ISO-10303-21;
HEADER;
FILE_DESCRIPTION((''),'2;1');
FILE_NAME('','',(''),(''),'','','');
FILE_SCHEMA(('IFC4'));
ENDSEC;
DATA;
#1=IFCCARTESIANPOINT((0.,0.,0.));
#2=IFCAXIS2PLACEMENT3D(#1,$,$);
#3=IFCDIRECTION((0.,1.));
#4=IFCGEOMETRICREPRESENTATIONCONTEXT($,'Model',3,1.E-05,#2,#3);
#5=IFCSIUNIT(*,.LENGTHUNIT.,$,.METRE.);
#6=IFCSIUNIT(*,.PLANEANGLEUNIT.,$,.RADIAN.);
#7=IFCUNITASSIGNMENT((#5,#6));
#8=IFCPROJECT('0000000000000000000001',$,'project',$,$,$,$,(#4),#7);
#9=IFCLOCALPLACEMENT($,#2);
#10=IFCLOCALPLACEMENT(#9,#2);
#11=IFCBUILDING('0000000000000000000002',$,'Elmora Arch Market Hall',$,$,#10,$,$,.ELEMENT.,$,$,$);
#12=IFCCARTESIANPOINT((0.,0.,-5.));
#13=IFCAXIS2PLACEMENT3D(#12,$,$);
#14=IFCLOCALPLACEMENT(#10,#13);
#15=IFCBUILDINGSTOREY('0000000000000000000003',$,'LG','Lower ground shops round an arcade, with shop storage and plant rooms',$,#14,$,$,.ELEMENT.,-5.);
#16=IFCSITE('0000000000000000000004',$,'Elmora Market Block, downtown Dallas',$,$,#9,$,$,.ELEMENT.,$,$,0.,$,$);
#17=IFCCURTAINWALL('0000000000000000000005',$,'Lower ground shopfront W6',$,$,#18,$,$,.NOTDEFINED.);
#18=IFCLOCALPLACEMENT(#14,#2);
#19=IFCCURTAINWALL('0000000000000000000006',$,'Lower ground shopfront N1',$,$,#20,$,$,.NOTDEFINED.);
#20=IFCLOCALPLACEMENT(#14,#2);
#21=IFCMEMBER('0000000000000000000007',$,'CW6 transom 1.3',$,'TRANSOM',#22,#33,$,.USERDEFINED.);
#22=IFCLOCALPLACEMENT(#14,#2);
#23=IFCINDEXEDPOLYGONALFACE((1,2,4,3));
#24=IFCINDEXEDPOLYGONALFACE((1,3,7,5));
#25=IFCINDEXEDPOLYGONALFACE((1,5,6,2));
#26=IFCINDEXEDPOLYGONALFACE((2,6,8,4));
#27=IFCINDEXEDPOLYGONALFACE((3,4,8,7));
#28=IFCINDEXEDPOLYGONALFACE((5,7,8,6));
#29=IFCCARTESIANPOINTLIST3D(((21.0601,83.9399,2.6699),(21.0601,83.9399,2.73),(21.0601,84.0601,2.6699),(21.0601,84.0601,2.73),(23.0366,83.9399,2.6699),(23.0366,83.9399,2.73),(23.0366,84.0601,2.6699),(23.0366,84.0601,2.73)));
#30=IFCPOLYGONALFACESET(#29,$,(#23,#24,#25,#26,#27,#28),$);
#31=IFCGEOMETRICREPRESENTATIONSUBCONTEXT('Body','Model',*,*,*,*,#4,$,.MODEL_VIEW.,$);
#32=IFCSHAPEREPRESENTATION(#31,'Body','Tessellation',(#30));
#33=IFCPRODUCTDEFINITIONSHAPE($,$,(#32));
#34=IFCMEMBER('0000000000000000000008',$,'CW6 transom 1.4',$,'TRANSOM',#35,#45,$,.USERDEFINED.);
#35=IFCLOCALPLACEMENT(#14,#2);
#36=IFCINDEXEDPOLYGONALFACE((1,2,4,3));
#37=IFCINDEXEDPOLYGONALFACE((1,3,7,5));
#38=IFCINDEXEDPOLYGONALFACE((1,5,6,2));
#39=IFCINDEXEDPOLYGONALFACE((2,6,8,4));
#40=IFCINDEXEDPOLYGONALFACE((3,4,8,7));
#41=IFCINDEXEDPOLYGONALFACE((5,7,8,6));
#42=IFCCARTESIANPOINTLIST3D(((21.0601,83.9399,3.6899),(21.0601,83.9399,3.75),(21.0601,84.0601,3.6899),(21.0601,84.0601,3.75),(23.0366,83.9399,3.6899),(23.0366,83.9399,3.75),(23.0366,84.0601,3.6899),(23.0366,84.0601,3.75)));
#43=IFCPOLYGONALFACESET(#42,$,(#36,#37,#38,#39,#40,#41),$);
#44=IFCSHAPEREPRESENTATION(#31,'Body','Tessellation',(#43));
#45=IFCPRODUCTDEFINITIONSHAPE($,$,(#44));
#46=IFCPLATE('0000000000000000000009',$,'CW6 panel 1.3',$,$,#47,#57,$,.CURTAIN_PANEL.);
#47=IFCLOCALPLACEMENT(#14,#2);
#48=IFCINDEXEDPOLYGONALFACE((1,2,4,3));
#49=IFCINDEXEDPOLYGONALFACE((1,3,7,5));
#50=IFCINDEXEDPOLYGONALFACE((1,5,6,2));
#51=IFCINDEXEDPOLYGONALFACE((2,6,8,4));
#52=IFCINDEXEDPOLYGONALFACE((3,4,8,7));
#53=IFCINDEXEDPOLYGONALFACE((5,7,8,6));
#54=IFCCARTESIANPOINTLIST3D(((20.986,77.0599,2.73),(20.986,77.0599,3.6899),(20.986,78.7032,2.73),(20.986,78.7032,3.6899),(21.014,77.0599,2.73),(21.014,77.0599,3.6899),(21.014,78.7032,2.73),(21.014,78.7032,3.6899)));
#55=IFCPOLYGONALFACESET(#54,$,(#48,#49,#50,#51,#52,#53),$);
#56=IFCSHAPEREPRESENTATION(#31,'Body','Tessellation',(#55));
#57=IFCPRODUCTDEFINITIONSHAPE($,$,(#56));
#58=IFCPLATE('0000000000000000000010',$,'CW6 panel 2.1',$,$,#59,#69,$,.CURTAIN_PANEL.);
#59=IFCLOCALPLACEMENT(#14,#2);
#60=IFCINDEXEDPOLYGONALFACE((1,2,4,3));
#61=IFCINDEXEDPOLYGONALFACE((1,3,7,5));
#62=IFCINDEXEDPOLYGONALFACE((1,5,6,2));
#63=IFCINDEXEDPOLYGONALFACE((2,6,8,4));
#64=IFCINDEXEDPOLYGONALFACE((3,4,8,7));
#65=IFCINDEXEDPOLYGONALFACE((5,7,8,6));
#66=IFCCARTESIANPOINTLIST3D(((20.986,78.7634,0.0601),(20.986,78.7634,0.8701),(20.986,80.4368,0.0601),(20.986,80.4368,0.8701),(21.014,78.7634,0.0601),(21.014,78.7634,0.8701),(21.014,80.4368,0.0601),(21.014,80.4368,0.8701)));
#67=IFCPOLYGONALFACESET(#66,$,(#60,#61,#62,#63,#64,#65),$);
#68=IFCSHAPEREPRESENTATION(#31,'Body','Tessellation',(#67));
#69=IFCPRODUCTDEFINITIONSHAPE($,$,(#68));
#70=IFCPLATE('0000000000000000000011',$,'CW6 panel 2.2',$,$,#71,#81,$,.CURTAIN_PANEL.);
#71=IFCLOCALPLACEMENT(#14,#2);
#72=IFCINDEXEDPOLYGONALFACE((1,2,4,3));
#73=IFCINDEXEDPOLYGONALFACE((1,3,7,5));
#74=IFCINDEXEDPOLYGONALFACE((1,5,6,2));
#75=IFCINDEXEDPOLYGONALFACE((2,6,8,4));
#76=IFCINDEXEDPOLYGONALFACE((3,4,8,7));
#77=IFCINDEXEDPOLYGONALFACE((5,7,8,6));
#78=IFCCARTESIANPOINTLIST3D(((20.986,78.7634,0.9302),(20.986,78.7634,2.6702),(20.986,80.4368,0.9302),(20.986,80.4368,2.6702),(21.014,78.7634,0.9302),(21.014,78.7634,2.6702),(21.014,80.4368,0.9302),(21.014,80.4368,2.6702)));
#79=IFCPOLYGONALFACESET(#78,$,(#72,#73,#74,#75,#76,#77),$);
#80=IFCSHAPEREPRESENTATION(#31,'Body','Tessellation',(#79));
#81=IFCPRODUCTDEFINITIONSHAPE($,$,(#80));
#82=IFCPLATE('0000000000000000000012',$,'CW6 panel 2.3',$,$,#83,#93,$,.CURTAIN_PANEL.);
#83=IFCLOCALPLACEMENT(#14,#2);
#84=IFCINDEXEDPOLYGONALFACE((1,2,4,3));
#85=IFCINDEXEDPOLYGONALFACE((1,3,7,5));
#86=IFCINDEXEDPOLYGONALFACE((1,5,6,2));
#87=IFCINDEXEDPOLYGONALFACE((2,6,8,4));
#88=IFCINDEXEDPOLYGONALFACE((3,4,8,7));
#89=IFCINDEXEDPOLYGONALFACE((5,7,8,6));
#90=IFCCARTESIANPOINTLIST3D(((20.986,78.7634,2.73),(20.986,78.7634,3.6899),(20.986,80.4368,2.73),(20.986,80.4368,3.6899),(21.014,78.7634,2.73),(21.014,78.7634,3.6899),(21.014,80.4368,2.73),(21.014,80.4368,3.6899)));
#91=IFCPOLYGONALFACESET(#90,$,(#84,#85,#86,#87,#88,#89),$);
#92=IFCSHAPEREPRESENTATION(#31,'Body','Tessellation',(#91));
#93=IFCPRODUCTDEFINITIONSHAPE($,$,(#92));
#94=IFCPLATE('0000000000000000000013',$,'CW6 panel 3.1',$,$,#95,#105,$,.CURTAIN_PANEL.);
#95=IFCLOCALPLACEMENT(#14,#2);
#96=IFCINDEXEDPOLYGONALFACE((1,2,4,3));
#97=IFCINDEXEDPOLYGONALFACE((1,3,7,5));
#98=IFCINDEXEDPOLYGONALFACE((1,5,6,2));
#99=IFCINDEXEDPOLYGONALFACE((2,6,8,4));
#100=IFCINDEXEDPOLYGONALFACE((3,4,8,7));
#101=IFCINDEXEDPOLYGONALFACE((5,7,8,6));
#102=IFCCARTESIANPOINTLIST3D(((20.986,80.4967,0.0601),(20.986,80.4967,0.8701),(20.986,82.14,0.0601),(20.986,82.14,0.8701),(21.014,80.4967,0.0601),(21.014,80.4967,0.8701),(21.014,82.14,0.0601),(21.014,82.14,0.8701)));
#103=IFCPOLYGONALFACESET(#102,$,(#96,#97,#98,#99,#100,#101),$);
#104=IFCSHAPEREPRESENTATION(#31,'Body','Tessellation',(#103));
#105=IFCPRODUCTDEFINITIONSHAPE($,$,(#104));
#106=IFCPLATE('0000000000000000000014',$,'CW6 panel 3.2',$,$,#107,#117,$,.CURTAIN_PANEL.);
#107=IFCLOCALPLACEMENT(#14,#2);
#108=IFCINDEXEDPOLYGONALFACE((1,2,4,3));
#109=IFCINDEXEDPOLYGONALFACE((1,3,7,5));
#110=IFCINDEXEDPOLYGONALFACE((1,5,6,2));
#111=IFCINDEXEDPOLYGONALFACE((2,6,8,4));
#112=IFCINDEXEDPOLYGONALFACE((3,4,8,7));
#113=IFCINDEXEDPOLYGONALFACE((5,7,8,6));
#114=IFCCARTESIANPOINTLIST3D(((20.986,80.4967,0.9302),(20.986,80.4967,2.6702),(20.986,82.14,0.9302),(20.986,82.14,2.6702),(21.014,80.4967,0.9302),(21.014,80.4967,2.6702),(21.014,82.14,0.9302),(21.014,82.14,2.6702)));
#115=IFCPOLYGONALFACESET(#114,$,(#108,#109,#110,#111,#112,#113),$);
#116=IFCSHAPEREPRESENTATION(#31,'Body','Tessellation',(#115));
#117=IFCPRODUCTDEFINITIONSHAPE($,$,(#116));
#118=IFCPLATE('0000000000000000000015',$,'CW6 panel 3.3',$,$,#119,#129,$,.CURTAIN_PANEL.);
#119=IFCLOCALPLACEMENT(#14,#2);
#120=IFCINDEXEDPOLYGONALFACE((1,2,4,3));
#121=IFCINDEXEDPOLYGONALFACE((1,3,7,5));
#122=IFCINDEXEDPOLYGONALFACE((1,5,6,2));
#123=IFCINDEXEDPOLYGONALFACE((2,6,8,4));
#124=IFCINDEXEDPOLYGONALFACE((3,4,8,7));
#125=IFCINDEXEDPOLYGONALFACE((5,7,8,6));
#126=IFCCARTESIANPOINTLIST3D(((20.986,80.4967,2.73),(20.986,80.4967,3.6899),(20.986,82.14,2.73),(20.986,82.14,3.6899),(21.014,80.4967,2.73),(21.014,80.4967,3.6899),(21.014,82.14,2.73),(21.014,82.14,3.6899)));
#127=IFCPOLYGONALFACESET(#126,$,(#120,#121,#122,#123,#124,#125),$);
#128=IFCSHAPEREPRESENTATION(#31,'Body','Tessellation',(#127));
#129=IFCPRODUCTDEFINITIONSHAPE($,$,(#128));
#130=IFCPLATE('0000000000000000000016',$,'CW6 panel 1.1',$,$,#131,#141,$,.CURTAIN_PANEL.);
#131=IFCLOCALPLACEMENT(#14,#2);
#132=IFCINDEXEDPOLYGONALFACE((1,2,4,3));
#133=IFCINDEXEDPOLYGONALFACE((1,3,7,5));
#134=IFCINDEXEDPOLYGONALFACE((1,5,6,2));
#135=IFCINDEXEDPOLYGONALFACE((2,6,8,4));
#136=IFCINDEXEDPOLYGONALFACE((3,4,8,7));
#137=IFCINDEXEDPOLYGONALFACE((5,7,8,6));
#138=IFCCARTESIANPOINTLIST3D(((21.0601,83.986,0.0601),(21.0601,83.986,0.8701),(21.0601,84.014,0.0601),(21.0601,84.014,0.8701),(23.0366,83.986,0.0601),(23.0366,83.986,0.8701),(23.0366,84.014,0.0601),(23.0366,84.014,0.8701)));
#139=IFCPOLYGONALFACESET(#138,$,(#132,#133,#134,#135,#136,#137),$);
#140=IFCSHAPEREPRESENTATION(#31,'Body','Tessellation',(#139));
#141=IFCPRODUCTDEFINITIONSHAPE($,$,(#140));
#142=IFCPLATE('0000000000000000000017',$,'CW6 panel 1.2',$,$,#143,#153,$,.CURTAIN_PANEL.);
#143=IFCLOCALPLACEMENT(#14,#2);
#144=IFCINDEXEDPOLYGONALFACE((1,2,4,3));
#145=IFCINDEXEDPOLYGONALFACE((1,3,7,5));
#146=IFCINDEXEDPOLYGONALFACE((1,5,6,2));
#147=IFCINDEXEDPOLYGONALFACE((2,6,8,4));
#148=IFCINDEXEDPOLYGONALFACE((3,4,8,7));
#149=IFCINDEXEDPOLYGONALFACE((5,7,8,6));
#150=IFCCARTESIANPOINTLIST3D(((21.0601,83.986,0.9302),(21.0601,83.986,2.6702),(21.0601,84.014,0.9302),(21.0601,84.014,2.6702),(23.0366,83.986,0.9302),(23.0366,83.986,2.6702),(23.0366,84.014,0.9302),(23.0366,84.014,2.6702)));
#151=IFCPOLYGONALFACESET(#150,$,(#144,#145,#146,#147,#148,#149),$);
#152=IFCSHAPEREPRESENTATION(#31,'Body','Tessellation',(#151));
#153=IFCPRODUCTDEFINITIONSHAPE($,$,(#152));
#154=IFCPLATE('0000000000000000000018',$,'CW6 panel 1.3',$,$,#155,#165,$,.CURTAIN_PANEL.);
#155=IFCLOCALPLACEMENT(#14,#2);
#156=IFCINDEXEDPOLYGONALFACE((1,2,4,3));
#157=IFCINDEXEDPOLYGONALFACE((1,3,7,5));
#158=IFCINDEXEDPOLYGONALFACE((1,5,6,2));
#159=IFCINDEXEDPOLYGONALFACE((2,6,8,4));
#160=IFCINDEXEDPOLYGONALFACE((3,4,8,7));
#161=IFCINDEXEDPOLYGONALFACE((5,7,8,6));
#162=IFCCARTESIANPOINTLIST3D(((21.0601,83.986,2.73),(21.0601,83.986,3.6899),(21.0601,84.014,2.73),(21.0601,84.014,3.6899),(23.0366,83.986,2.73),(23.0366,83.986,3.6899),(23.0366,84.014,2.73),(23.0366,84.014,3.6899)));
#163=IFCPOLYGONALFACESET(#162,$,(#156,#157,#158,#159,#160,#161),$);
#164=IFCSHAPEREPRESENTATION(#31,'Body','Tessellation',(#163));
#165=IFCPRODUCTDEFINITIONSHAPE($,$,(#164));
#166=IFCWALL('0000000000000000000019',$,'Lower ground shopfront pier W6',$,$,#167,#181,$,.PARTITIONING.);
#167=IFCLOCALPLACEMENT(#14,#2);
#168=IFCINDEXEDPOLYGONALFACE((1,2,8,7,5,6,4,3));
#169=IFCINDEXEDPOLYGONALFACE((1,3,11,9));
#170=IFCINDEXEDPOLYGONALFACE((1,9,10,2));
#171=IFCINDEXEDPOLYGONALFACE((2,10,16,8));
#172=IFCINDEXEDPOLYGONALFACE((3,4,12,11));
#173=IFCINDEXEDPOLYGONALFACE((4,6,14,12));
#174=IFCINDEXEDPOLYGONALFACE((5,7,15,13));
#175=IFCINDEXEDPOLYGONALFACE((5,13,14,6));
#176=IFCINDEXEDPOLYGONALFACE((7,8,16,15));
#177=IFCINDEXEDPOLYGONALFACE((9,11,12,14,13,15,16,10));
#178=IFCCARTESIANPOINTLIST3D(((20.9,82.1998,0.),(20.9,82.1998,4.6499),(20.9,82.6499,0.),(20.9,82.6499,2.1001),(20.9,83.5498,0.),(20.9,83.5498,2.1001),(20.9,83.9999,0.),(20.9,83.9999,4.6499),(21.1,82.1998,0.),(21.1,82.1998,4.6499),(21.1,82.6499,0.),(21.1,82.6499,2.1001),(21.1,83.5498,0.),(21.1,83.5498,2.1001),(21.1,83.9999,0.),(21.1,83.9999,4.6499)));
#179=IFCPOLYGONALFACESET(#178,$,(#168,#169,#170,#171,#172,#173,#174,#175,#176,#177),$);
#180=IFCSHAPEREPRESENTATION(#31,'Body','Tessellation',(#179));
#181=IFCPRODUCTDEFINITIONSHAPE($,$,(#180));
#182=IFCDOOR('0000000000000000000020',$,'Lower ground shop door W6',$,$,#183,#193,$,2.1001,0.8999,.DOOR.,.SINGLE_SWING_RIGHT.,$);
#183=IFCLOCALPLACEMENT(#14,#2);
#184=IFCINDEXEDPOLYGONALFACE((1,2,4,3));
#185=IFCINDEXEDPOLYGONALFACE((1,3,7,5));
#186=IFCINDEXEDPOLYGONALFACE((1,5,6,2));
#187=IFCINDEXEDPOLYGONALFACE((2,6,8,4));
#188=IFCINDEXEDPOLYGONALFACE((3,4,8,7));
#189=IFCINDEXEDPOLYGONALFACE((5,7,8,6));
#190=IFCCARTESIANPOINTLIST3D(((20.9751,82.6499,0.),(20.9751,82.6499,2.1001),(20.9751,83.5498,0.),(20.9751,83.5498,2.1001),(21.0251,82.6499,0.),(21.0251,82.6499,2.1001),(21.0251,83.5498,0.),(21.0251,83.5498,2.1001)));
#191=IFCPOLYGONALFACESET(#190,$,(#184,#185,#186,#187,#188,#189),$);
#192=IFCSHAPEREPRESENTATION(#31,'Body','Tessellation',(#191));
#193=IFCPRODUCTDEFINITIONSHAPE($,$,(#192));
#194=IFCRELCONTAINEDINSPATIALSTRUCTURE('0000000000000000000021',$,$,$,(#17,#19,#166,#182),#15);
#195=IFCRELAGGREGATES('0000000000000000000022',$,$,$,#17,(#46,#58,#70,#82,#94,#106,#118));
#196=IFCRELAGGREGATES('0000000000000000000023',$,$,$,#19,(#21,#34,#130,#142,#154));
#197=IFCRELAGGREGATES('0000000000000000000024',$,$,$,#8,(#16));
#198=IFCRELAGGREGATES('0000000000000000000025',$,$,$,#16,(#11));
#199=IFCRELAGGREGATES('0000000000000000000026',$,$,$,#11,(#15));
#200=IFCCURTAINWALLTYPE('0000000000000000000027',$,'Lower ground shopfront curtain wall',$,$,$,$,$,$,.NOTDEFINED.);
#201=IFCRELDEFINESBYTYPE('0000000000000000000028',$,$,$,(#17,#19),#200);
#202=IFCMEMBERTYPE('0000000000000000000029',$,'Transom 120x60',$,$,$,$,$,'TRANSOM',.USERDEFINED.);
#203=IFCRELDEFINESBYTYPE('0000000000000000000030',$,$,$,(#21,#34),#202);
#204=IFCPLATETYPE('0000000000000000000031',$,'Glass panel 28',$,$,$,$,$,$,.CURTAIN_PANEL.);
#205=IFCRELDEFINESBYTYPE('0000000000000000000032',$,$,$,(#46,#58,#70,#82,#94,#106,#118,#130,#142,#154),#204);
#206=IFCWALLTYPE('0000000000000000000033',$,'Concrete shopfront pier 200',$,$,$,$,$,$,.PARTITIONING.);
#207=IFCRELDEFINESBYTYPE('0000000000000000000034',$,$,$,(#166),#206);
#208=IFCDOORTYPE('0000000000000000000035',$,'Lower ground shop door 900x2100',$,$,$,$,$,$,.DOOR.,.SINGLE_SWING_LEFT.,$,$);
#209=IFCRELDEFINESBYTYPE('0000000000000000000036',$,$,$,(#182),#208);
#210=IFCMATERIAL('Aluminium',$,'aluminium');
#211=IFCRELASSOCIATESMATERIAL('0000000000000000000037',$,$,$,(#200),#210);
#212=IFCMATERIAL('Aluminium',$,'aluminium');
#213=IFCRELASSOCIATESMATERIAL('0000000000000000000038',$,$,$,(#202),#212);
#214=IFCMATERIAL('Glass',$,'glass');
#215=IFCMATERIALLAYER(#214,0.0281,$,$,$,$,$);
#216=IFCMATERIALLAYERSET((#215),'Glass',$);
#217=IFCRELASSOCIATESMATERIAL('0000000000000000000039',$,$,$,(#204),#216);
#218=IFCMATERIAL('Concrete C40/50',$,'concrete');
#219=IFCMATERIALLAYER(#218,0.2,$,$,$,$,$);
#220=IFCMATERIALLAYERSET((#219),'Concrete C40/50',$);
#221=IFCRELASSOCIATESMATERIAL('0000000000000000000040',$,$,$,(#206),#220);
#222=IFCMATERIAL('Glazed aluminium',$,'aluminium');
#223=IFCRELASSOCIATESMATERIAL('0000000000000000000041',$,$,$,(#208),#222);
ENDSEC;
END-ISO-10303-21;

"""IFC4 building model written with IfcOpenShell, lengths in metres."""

from ifc_helpers import new_model, si_unit, direction, frame, frame_2d, origin, origin_2d, place, context, subcontext, project, spatial, rectangle, extrude, material, layer, layer_set, material_profile, profile_set, type_object, element, fill, aggregate, save


model = new_model("IFC4")

# Units and contexts
model_context = context("Model", 3, precision=1e-05, world=origin(), true_north=direction((0.0, 1.0)))
body_context = subcontext(model_context, "Body", "Model", "MODEL_VIEW")
ifc_project = project(units=[si_unit("LENGTHUNIT", "METRE"), si_unit("PLANEANGLEUNIT", "RADIAN")], contexts=[model_context])

# Site, building, storey
site_placement = place(None, origin())
site = spatial("IfcSite", under=ifc_project, at=site_placement, Name="Elmora Market Block, downtown Dallas", CompositionType="ELEMENT", RefElevation=0.0)
building_placement = place(site_placement, origin())
building = spatial("IfcBuilding", under=site, at=building_placement, Name="Elmora Arch Market Hall", CompositionType="ELEMENT")
storey_placement = place(building_placement, frame((0.0, 0.0, -5.0)))
storey = spatial("IfcBuildingStorey", under=building, at=storey_placement, Name="LG", Description="Lower ground shops round an arcade, with shop storage and plant rooms", CompositionType="ELEMENT", Elevation=-5.0)

# Curtain walls
ifc_material_1 = material(Name="Aluminium", Category="aluminium")
curtain_wall_type = type_object("IfcCurtainWallType", Name="Lower ground shopfront curtain wall", PredefinedType="NOTDEFINED", material=ifc_material_1)
curtain_wall_1_placement = place(storey_placement, origin())
curtain_wall_1 = element("IfcCurtainWall", 1, at=curtain_wall_1_placement, inside=storey, type_object=curtain_wall_type, Name="Lower ground shopfront W6", PredefinedType="NOTDEFINED")
curtain_wall_2_placement = place(storey_placement, origin())
curtain_wall_2 = element("IfcCurtainWall", 2, at=curtain_wall_2_placement, inside=storey, type_object=curtain_wall_type, Name="Lower ground shopfront N1", PredefinedType="NOTDEFINED")

# Members
ifc_material_2 = material(Name="Aluminium", Category="aluminium")
ifc_material_profile_1 = material_profile(ifc_material_2, rectangle(XDim=0.1201, YDim=0.0601, at=origin_2d()), Name="AL 120x60")
ifc_profile_set_1 = profile_set([ifc_material_profile_1], Name="Aluminium")
member_type_1 = type_object("IfcMemberType", Name="Transom 120x60", ElementType="TRANSOM", PredefinedType="USERDEFINED", material=ifc_profile_set_1)
member_1_placement = place(storey_placement, frame((21.0601, 84.0, 2.7), z_axis=(1.0, 0.0, 0.0), x_axis=(0.0, 1.0, 0.0)))
member_1 = element("IfcMember", 3, at=member_1_placement, type_object=member_type_1, Name="CW6 transom 1.3", ObjectType="TRANSOM", PredefinedType="USERDEFINED", context=body_context, shape_type="SweptSolid", body=[
    extrude(rectangle(XDim=0.1201, YDim=0.0601, at=origin_2d()), origin(), (0.0, 0.0, 1.0), 1.9766),
])
member_2_placement = place(storey_placement, frame((21.0601, 84.0, 3.72), z_axis=(1.0, 0.0, 0.0), x_axis=(0.0, 1.0, 0.0)))
member_2 = element("IfcMember", 4, at=member_2_placement, type_object=member_type_1, Name="CW6 transom 1.4", ObjectType="TRANSOM", PredefinedType="USERDEFINED", context=body_context, shape_type="SweptSolid", body=[
    extrude(rectangle(XDim=0.1201, YDim=0.0601, at=origin_2d()), origin(), (0.0, 0.0, 1.0), 1.9766),
])

# Plates
ifc_material_3 = material(Name="Glass", Category="glass")
ifc_layer_1 = layer(ifc_material_3, 0.0281)
ifc_layer_set_1 = layer_set([ifc_layer_1], Name="Glass")
plate_type = type_object("IfcPlateType", Name="Glass panel 28", PredefinedType="CURTAIN_PANEL", material=ifc_layer_set_1)
plate_1_placement = place(storey_placement, frame((21.0, 77.8816, 2.73), z_axis=(0.0, 0.0, 1.0), x_axis=(0.0, 1.0, 0.0)))
plate_1 = element("IfcPlate", 5, at=plate_1_placement, type_object=plate_type, Name="CW6 panel 1.3", PredefinedType="CURTAIN_PANEL", context=body_context, shape_type="SweptSolid", body=[
    extrude(rectangle(XDim=1.6433, YDim=0.0281, at=origin_2d()), origin(), (0.0, 0.0, 1.0), 0.96),
])
plate_2_placement = place(storey_placement, frame((21.0, 79.6001, 0.0601), z_axis=(0.0, 0.0, 1.0), x_axis=(0.0, 1.0, 0.0)))
plate_2 = element("IfcPlate", 6, at=plate_2_placement, type_object=plate_type, Name="CW6 panel 2.1", PredefinedType="CURTAIN_PANEL", context=body_context, shape_type="SweptSolid", body=[
    extrude(rectangle(XDim=1.6733, YDim=0.0281, at=origin_2d()), origin(), (0.0, 0.0, 1.0), 0.8101),
])
plate_3_placement = place(storey_placement, frame((21.0, 79.6001, 0.9302), z_axis=(0.0, 0.0, 1.0), x_axis=(0.0, 1.0, 0.0)))
plate_3 = element("IfcPlate", 7, at=plate_3_placement, type_object=plate_type, Name="CW6 panel 2.2", PredefinedType="CURTAIN_PANEL", context=body_context, shape_type="SweptSolid", body=[
    extrude(rectangle(XDim=1.6733, YDim=0.0281, at=origin_2d()), origin(), (0.0, 0.0, 1.0), 1.74),
])
plate_4_placement = place(storey_placement, frame((21.0, 79.6001, 2.73), z_axis=(0.0, 0.0, 1.0), x_axis=(0.0, 1.0, 0.0)))
plate_4 = element("IfcPlate", 8, at=plate_4_placement, type_object=plate_type, Name="CW6 panel 2.3", PredefinedType="CURTAIN_PANEL", context=body_context, shape_type="SweptSolid", body=[
    extrude(rectangle(XDim=1.6733, YDim=0.0281, at=origin_2d()), origin(), (0.0, 0.0, 1.0), 0.96),
])
plate_5_placement = place(storey_placement, frame((21.0, 81.3184, 0.0601), z_axis=(0.0, 0.0, 1.0), x_axis=(0.0, 1.0, 0.0)))
plate_5 = element("IfcPlate", 9, at=plate_5_placement, type_object=plate_type, Name="CW6 panel 3.1", PredefinedType="CURTAIN_PANEL", context=body_context, shape_type="SweptSolid", body=[
    extrude(rectangle(XDim=1.6433, YDim=0.0281, at=origin_2d()), origin(), (0.0, 0.0, 1.0), 0.8101),
])
plate_6_placement = place(storey_placement, frame((21.0, 81.3184, 0.9302), z_axis=(0.0, 0.0, 1.0), x_axis=(0.0, 1.0, 0.0)))
plate_6 = element("IfcPlate", 10, at=plate_6_placement, type_object=plate_type, Name="CW6 panel 3.2", PredefinedType="CURTAIN_PANEL", context=body_context, shape_type="SweptSolid", body=[
    extrude(rectangle(XDim=1.6433, YDim=0.0281, at=origin_2d()), origin(), (0.0, 0.0, 1.0), 1.74),
])
plate_7_placement = place(storey_placement, frame((21.0, 81.3184, 2.73), z_axis=(0.0, 0.0, 1.0), x_axis=(0.0, 1.0, 0.0)))
plate_7 = element("IfcPlate", 11, at=plate_7_placement, type_object=plate_type, Name="CW6 panel 3.3", PredefinedType="CURTAIN_PANEL", context=body_context, shape_type="SweptSolid", body=[
    extrude(rectangle(XDim=1.6433, YDim=0.0281, at=origin_2d()), origin(), (0.0, 0.0, 1.0), 0.96),
])
aggregate(curtain_wall_1, [plate_1, plate_2, plate_3, plate_4, plate_5, plate_6, plate_7])
plate_8_placement = place(storey_placement, frame((22.0483, 84.0, 0.0601), z_axis=(0.0, 0.0, 1.0), x_axis=(1.0, 0.0, 0.0)))
plate_8 = element("IfcPlate", 12, at=plate_8_placement, type_object=plate_type, Name="CW6 panel 1.1", PredefinedType="CURTAIN_PANEL", context=body_context, shape_type="SweptSolid", body=[
    extrude(rectangle(XDim=1.9766, YDim=0.0281, at=origin_2d()), origin(), (0.0, 0.0, 1.0), 0.8101),
])
plate_9_placement = place(storey_placement, frame((22.0483, 84.0, 0.9302), z_axis=(0.0, 0.0, 1.0), x_axis=(1.0, 0.0, 0.0)))
plate_9 = element("IfcPlate", 13, at=plate_9_placement, type_object=plate_type, Name="CW6 panel 1.2", PredefinedType="CURTAIN_PANEL", context=body_context, shape_type="SweptSolid", body=[
    extrude(rectangle(XDim=1.9766, YDim=0.0281, at=origin_2d()), origin(), (0.0, 0.0, 1.0), 1.74),
])
plate_10_placement = place(storey_placement, frame((22.0483, 84.0, 2.73), z_axis=(0.0, 0.0, 1.0), x_axis=(1.0, 0.0, 0.0)))
plate_10 = element("IfcPlate", 14, at=plate_10_placement, type_object=plate_type, Name="CW6 panel 1.3", PredefinedType="CURTAIN_PANEL", context=body_context, shape_type="SweptSolid", body=[
    extrude(rectangle(XDim=1.9766, YDim=0.0281, at=origin_2d()), origin(), (0.0, 0.0, 1.0), 0.96),
])
aggregate(curtain_wall_2, [member_1, member_2, plate_8, plate_9, plate_10])

# Wall, opening, door
ifc_material_4 = material(Name="Concrete C40/50", Category="concrete")
ifc_layer_2 = layer(ifc_material_4, 0.2)
ifc_layer_set_2 = layer_set([ifc_layer_2], Name="Concrete C40/50")
wall_type = type_object("IfcWallType", Name="Concrete shopfront pier 200", PredefinedType="PARTITIONING", material=ifc_layer_set_2)
wall_placement = place(storey_placement, frame((21.0, 82.2, 0.0), z_axis=(0.0, 0.0, 1.0), x_axis=(0.0, 1.0, 0.0)))
wall = element("IfcWall", 15, at=wall_placement, inside=storey, type_object=wall_type, Name="Lower ground shopfront pier W6", PredefinedType="PARTITIONING", context=body_context, shape_type="SweptSolid", body=[
    extrude(rectangle(XDim=1.8, YDim=0.2, at=frame_2d((0.8999, 0.0))), origin(), (0.0, 0.0, 1.0), 4.6499),
])
opening_placement = place(wall_placement, frame((0.45, 0.0, 0.0)))
opening = element("IfcOpeningElement", 16, at=opening_placement, cuts=wall, PredefinedType="OPENING", context=body_context, shape_type="SweptSolid", body=[
    extrude(rectangle(XDim=0.8999, YDim=2.1001, at=frame_2d((0.45, 1.05))), frame((0.0, 0.1099, 0.0), z_axis=(0.0, -1.0, 0.0), x_axis=(1.0, 0.0, 0.0)), (0.0, 0.0, 1.0), 0.22),
])
ifc_material_5 = material(Name="Glazed aluminium", Category="aluminium")
door_type = type_object("IfcDoorType", Name="Lower ground shop door 900x2100", OperationType="SINGLE_SWING_LEFT", PredefinedType="DOOR", material=ifc_material_5)
door_placement = place(opening_placement, origin())
door = element("IfcDoor", 17, at=door_placement, inside=storey, type_object=door_type, Name="Lower ground shop door W6", OperationType="SINGLE_SWING_RIGHT", OverallHeight=2.1001, OverallWidth=0.8999, PredefinedType="DOOR", context=body_context, shape_type="SweptSolid", body=[
    extrude(rectangle(XDim=0.8999, YDim=2.1001, at=frame_2d((0.45, 1.05))), frame((0.0, 0.0249, 0.0), z_axis=(0.0, -1.0, 0.0), x_axis=(1.0, 0.0, 0.0)), (0.0, 0.0, 1.0), 0.05),
])
fill(opening, door)

save(model, "model.ifc")
